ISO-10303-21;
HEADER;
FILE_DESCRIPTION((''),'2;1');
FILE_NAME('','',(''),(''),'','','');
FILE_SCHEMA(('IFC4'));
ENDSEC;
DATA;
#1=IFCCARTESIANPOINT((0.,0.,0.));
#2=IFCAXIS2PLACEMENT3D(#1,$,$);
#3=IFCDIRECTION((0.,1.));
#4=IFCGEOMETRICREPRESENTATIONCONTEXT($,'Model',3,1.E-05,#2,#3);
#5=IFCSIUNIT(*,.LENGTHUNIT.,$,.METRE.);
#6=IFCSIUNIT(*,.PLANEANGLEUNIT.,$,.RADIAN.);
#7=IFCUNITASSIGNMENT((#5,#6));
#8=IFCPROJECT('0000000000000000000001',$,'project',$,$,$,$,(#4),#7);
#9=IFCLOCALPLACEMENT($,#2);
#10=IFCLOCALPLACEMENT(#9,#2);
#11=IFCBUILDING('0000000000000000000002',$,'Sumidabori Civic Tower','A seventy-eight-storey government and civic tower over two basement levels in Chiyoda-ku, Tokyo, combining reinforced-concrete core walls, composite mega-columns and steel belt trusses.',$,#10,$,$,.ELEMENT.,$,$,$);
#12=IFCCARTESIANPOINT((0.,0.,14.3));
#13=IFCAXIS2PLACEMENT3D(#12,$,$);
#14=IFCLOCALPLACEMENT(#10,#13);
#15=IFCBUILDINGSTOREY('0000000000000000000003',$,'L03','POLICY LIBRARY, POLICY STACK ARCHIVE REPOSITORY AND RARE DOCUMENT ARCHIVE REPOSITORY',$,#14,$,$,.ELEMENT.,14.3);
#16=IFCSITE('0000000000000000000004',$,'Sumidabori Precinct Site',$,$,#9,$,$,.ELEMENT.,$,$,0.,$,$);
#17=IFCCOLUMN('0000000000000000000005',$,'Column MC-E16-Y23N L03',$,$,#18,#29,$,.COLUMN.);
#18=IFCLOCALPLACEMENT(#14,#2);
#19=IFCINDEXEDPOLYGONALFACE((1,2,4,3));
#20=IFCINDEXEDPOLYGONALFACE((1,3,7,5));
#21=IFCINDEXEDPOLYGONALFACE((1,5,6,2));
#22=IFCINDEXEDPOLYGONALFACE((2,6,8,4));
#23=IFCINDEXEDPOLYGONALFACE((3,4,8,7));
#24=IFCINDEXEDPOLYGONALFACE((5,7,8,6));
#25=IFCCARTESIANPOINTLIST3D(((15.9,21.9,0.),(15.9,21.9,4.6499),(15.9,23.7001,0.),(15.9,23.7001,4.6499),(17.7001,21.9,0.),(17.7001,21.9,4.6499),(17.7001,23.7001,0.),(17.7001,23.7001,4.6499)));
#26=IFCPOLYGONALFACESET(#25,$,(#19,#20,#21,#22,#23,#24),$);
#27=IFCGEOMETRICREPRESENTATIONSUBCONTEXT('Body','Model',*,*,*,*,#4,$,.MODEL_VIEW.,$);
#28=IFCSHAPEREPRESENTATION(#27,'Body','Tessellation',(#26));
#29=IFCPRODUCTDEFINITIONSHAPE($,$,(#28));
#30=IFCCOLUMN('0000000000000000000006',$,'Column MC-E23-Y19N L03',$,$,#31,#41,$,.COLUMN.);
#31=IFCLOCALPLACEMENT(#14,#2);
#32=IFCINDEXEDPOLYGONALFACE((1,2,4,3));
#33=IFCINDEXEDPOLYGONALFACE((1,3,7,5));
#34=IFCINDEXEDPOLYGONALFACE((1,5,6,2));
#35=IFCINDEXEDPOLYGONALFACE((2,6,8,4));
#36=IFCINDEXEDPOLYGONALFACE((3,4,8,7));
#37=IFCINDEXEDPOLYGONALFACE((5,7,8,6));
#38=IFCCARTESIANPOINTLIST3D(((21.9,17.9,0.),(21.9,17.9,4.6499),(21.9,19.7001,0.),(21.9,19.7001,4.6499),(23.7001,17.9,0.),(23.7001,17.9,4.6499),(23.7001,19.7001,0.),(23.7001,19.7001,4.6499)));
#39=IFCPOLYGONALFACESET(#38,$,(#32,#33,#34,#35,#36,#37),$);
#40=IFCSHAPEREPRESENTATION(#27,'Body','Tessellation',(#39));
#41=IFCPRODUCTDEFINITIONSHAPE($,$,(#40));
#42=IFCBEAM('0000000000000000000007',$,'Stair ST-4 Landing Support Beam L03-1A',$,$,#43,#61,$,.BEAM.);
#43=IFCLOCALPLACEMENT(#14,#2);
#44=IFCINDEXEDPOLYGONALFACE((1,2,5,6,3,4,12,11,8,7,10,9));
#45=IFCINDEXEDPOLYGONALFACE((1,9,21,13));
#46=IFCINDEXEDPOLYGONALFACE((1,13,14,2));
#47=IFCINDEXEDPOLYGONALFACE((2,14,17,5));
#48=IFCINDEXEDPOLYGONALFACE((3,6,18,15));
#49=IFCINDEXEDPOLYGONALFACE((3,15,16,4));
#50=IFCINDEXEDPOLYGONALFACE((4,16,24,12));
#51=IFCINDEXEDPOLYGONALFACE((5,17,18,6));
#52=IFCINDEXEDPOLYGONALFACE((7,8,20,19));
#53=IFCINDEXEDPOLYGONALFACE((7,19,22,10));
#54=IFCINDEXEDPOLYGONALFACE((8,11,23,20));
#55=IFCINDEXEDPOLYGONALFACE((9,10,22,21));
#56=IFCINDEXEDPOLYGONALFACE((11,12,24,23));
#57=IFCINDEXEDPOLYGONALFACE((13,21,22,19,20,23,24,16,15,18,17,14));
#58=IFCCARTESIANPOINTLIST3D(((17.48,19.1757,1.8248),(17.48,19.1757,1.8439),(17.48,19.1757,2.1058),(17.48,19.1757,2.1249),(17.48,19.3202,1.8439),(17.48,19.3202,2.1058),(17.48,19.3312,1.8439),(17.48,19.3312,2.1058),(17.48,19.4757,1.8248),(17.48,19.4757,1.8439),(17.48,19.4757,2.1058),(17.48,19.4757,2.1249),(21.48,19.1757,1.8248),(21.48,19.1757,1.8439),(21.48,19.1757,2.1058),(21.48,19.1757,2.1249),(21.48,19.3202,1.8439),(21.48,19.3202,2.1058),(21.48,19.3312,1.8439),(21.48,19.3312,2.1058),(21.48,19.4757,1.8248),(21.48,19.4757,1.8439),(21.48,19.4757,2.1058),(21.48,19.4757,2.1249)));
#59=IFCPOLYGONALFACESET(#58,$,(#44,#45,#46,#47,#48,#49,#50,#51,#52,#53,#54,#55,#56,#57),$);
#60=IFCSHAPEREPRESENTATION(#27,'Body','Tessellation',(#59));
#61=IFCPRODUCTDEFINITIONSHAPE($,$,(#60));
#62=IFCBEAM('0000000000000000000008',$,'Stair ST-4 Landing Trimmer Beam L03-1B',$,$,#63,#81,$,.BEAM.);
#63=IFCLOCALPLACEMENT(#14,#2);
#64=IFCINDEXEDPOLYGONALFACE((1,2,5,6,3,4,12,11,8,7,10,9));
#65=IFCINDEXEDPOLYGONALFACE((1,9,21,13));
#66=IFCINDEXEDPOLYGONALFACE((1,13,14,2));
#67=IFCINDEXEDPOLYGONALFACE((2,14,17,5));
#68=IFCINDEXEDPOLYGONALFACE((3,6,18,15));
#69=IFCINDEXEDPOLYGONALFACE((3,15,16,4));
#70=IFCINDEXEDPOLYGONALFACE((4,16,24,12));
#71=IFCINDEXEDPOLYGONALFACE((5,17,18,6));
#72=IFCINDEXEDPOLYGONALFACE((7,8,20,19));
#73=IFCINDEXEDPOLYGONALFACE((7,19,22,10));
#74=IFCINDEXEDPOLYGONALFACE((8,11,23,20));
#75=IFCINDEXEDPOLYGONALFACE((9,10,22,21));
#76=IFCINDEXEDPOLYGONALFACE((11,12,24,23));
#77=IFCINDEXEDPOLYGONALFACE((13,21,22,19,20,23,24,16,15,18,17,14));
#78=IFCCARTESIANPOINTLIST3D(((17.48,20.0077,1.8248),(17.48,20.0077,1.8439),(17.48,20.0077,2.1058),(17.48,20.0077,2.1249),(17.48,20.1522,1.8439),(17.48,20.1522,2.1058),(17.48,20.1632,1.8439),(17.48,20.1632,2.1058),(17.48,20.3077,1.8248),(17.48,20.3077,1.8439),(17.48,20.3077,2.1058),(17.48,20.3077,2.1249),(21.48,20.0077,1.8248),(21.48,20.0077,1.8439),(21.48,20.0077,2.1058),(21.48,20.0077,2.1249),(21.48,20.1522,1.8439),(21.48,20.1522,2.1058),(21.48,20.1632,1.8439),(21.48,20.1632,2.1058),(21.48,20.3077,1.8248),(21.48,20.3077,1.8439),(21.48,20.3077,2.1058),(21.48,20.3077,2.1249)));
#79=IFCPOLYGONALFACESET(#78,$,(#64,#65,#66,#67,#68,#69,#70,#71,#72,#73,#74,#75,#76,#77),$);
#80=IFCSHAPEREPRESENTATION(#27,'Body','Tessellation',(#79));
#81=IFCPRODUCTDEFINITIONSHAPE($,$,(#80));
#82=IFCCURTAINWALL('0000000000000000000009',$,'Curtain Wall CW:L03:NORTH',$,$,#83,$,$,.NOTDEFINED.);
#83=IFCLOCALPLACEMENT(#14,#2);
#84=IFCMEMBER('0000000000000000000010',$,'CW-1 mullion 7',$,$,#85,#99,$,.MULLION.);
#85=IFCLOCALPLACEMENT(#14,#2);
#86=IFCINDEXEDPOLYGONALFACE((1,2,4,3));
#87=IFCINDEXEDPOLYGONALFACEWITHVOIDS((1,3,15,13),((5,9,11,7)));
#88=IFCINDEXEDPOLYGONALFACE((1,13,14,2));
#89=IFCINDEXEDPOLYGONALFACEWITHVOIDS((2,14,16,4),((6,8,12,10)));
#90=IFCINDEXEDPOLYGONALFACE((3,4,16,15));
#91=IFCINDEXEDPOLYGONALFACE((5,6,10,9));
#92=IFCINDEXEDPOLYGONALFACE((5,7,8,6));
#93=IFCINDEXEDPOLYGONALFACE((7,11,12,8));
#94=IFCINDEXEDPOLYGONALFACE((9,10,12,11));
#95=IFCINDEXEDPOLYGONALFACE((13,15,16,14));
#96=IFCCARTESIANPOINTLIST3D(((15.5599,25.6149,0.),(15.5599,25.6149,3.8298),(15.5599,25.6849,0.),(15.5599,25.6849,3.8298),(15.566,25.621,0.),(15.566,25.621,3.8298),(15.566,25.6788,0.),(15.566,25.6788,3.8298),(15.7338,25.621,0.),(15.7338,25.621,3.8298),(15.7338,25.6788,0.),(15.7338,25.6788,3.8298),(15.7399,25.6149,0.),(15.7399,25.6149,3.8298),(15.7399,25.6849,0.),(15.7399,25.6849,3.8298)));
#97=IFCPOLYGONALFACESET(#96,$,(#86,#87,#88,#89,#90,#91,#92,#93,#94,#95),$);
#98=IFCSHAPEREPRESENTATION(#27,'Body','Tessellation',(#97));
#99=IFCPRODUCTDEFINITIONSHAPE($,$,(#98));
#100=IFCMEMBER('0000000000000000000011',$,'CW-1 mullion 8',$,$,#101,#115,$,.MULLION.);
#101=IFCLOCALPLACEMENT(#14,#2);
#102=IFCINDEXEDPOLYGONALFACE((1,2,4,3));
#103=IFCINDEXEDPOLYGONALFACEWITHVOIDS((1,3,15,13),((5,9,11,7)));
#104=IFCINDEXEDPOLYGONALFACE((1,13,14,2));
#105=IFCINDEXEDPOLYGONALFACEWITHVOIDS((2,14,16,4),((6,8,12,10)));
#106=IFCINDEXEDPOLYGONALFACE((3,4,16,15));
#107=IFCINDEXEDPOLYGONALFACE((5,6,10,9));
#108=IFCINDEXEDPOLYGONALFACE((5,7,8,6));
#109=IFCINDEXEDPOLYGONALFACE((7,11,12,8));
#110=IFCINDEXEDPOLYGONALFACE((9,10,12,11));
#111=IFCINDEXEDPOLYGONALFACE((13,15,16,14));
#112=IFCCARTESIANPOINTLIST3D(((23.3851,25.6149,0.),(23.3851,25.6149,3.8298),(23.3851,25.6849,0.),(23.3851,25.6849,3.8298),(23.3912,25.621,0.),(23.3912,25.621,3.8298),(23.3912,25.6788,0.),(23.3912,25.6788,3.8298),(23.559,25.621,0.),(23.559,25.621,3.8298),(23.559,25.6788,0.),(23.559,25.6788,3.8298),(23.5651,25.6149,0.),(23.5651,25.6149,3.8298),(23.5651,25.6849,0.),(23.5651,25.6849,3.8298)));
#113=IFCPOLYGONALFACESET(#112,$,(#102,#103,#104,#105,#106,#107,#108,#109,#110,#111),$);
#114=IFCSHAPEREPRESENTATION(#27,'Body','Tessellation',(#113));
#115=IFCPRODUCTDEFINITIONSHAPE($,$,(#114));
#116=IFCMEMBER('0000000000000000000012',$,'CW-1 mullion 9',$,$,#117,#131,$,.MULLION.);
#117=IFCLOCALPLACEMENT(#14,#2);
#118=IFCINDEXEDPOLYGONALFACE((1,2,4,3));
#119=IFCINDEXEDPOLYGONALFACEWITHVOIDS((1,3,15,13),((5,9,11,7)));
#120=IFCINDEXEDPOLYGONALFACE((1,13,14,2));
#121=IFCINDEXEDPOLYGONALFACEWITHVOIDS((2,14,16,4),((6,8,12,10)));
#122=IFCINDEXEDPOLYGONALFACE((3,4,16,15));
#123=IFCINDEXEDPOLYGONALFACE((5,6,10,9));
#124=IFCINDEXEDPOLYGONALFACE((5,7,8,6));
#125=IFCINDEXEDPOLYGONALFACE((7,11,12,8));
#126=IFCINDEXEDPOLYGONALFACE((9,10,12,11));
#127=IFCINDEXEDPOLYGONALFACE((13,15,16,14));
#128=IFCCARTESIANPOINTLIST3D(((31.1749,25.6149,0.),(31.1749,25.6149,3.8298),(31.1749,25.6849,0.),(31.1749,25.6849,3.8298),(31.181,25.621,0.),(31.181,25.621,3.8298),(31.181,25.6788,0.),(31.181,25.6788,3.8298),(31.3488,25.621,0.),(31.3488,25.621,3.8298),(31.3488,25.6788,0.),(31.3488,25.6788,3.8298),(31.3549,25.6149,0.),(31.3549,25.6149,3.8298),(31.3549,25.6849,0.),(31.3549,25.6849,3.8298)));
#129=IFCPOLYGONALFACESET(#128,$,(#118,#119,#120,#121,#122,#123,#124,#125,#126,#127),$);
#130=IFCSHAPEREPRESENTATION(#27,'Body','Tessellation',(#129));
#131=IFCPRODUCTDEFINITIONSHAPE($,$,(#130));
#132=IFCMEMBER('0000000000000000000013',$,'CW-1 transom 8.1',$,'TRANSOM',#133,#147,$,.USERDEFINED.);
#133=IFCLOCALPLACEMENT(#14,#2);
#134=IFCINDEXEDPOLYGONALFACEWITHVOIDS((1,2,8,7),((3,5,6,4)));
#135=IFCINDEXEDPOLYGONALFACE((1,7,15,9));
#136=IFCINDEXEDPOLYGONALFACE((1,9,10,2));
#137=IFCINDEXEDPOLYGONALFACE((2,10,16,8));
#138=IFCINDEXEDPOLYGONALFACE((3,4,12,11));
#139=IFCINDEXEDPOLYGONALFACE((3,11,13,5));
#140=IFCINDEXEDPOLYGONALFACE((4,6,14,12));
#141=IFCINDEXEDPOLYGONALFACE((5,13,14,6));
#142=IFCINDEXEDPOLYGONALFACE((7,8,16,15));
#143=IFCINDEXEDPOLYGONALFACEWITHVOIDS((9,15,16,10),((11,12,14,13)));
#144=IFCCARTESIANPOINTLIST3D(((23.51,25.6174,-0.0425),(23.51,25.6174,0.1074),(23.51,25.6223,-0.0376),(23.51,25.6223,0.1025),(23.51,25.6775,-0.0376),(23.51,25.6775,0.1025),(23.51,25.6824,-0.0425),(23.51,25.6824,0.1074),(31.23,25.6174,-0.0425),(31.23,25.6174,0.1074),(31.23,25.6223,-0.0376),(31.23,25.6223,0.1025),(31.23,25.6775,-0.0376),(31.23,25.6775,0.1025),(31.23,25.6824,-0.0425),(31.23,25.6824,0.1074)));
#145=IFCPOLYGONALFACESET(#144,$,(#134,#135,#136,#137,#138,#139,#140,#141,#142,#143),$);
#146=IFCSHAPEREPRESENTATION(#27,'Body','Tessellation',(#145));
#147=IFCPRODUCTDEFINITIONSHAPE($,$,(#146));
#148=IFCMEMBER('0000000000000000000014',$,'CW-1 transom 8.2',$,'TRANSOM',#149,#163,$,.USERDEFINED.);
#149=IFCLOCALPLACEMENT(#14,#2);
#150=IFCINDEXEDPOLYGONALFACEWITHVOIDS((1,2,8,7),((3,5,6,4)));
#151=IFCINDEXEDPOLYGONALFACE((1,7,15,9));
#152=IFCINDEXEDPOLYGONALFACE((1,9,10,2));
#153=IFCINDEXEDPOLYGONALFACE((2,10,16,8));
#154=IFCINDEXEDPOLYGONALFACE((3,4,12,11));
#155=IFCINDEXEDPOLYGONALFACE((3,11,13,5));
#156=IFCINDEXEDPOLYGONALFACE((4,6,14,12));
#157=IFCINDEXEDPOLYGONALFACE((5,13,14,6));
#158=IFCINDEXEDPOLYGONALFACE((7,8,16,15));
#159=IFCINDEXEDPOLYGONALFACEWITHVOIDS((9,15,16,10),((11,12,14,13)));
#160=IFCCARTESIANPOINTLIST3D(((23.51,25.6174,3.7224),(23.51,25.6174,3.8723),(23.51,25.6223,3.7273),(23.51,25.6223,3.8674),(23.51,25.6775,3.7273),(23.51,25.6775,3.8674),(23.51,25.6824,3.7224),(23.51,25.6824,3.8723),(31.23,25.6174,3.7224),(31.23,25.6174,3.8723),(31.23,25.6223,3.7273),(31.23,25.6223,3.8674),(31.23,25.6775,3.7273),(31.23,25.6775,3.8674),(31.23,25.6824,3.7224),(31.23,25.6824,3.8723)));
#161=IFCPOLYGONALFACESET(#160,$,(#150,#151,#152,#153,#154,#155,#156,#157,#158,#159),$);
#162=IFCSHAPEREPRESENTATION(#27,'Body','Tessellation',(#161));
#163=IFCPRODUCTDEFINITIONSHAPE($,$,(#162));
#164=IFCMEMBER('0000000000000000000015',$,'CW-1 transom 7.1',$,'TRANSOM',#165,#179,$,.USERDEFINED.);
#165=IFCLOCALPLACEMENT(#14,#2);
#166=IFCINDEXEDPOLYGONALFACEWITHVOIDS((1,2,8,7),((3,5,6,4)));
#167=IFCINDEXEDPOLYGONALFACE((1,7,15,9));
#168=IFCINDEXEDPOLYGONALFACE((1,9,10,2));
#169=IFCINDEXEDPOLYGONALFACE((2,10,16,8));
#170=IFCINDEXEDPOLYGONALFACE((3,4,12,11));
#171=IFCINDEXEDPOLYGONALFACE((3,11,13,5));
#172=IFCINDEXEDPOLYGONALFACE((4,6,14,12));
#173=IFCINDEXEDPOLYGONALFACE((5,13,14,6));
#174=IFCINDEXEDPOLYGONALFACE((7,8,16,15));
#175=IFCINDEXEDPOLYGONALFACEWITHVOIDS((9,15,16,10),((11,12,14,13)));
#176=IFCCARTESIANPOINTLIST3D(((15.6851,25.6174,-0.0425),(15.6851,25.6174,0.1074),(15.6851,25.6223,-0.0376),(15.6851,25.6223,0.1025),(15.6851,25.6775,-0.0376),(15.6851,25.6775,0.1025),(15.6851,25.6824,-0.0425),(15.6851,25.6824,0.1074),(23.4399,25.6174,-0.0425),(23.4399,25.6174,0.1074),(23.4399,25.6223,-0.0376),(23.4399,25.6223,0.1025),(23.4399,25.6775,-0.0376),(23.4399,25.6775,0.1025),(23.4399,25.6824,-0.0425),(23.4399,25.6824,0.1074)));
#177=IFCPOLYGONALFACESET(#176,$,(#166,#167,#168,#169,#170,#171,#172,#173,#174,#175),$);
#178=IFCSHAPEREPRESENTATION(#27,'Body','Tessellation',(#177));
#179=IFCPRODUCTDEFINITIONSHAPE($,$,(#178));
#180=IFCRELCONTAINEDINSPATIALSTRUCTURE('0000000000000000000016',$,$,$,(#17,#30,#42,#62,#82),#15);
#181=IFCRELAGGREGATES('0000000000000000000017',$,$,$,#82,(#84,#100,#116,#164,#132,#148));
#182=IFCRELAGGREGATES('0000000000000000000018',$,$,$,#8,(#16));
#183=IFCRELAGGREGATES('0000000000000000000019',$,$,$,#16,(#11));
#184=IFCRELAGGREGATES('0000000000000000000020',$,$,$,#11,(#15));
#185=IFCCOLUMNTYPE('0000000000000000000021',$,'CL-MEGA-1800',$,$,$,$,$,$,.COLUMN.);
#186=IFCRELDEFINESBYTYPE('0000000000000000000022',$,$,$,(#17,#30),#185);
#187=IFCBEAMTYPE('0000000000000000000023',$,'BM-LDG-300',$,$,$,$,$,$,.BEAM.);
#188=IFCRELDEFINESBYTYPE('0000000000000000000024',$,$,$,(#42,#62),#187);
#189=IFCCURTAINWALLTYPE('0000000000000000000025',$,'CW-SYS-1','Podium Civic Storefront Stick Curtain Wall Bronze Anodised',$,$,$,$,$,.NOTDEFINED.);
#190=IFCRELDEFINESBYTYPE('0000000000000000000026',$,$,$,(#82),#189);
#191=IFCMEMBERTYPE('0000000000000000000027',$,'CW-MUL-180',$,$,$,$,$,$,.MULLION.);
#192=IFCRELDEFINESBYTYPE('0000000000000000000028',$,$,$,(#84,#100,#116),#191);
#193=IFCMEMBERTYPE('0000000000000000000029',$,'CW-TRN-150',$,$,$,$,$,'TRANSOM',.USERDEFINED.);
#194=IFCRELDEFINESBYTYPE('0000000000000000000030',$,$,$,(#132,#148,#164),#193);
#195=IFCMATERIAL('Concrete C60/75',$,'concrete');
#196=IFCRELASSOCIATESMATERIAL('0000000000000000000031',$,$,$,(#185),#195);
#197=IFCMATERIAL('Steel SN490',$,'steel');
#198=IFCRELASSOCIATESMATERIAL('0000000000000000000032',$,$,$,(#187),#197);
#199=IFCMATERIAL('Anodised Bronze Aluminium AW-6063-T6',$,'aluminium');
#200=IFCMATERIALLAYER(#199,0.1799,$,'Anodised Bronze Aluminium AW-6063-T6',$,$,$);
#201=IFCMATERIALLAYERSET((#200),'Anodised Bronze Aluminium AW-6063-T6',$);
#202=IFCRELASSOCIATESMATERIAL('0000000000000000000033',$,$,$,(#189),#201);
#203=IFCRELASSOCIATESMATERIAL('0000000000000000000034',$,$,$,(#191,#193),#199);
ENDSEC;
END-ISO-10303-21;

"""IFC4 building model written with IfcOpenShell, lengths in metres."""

from ifc_helpers import new_model, si_unit, direction, frame, origin, origin_2d, place, context, subcontext, project, spatial, rectangle, hollow_rectangle, i_section, extrude, source, transform, mapped, material, layer, layer_set, material_profile, profile_set, type_object, element, aggregate, save


model = new_model("IFC4")

# Units and contexts
model_context = context("Model", 3, precision=1e-05, world=origin(), true_north=direction((0.0, 1.0)))
body_context = subcontext(model_context, "Body", "Model", "MODEL_VIEW")
ifc_project = project(units=[si_unit("LENGTHUNIT", "METRE"), si_unit("PLANEANGLEUNIT", "RADIAN")], contexts=[model_context])

# Site, building, storey
site_placement = place(None, origin())
site = spatial("IfcSite", under=ifc_project, at=site_placement, Name="Sumidabori Precinct Site", CompositionType="ELEMENT", RefElevation=0.0)
building_placement = place(site_placement, origin())
building = spatial("IfcBuilding", under=site, at=building_placement, Name="Sumidabori Civic Tower", Description="A seventy-eight-storey government and civic tower over two basement levels in Chiyoda-ku, Tokyo, combining reinforced-concrete core walls, composite mega-columns and steel belt trusses.", CompositionType="ELEMENT")
storey_placement = place(building_placement, frame((0.0, 0.0, 14.3)))
storey = spatial("IfcBuildingStorey", under=building, at=storey_placement, Name="L03", Description="POLICY LIBRARY, POLICY STACK ARCHIVE REPOSITORY AND RARE DOCUMENT ARCHIVE REPOSITORY", CompositionType="ELEMENT", Elevation=14.3)

# Columns
ifc_material_1 = material(Name="Concrete C60/75", Category="concrete")
ifc_material_profile_1 = material_profile(ifc_material_1, rectangle(XDim=1.8, YDim=1.8, at=origin_2d()), Name="RC 1800x1800")
ifc_profile_set_1 = profile_set([ifc_material_profile_1], Name="Concrete C60/75")
column_type = type_object("IfcColumnType", Name="CL-MEGA-1800", PredefinedType="COLUMN", material=ifc_profile_set_1)
shared_shape_1 = source(origin(), body_context, "Body", "SweptSolid", [
    extrude(rectangle(XDim=1.8, YDim=1.8, at=origin_2d()), origin(), (0.0, 0.0, 1.0), 4.6499),
])
for number, where, z_axis, x_axis, name in (
    (1, (16.8, 22.8, 0.0), (0.0, 0.0, 1.0), (1.0, 0.0, 0.0), "Column MC-E16-Y23N L03"),
    (2, (22.8, 18.8, 0.0), (0.0, 0.0, 1.0), (1.0, 0.0, 0.0), "Column MC-E23-Y19N L03"),
):
    element("IfcColumn", number, at=place(storey_placement, frame(where, z_axis=z_axis, x_axis=x_axis)), inside=storey, type_object=column_type, Name=name, PredefinedType="COLUMN", context=body_context, shape_type="MappedRepresentation", body=[
        mapped(shared_shape_1, transform((0.0, 0.0, 0.0), x_axis=(1.0, 0.0, 0.0), y_axis=(0.0, 1.0, 0.0), z_axis=(0.0, 0.0, 1.0), scale=1.0)),
    ])

# Beams
ifc_material_2 = material(Name="Steel SN490", Category="steel")
ifc_material_profile_2 = material_profile(ifc_material_2, i_section(OverallWidth=0.3, OverallDepth=0.3, WebThickness=0.011, FlangeThickness=0.019, at=origin_2d()), Name="HE 300 B")
ifc_profile_set_2 = profile_set([ifc_material_profile_2], Name="Steel SN490")
beam_type = type_object("IfcBeamType", Name="BM-LDG-300", PredefinedType="BEAM", material=ifc_profile_set_2)
shared_shape_2 = source(origin(), body_context, "Body", "SweptSolid", [
    extrude(i_section(OverallWidth=0.3, OverallDepth=0.3, WebThickness=0.011, FlangeThickness=0.019, at=origin_2d()), origin(), (0.0, 0.0, 1.0), 4.0),
])
for number, where, z_axis, x_axis, name in (
    (3, (17.48, 19.3257, 1.9749), (1.0, 0.0, 0.0), (0.0, 1.0, 0.0), "Stair ST-4 Landing Support Beam L03-1A"),
    (4, (17.48, 20.1577, 1.9749), (1.0, 0.0, 0.0), (0.0, 1.0, 0.0), "Stair ST-4 Landing Trimmer Beam L03-1B"),
):
    element("IfcBeam", number, at=place(storey_placement, frame(where, z_axis=z_axis, x_axis=x_axis)), inside=storey, type_object=beam_type, Name=name, PredefinedType="BEAM", context=body_context, shape_type="MappedRepresentation", body=[
        mapped(shared_shape_2, transform((0.0, 0.0, 0.0), x_axis=(1.0, 0.0, 0.0), y_axis=(0.0, 1.0, 0.0), z_axis=(0.0, 0.0, 1.0), scale=1.0)),
    ])

# Curtain wall, members
ifc_material_3 = material(Name="Anodised Bronze Aluminium AW-6063-T6", Category="aluminium")
ifc_layer_1 = layer(ifc_material_3, 0.1799, Name="Anodised Bronze Aluminium AW-6063-T6")
ifc_layer_set_1 = layer_set([ifc_layer_1], Name="Anodised Bronze Aluminium AW-6063-T6")
curtain_wall_type = type_object("IfcCurtainWallType", Name="CW-SYS-1", Description="Podium Civic Storefront Stick Curtain Wall Bronze Anodised", PredefinedType="NOTDEFINED", material=ifc_layer_set_1)
curtain_wall_placement = place(storey_placement, origin())
curtain_wall = element("IfcCurtainWall", 5, at=curtain_wall_placement, inside=storey, type_object=curtain_wall_type, Name="Curtain Wall CW:L03:NORTH", PredefinedType="NOTDEFINED")
ifc_material_profile_3 = material_profile(ifc_material_3, hollow_rectangle(XDim=0.0701, YDim=0.1799, WallThickness=0.0061, at=origin_2d()), Name="ALU MULLION 180x70")
ifc_profile_set_3 = profile_set([ifc_material_profile_3], Name="Anodised Bronze Aluminium AW-6063-T6")
member_type_1 = type_object("IfcMemberType", Name="CW-MUL-180", PredefinedType="MULLION", material=ifc_profile_set_3)
shared_shape_3 = source(origin(), body_context, "Body", "SweptSolid", [
    extrude(hollow_rectangle(XDim=0.0701, YDim=0.1799, WallThickness=0.0061, at=origin_2d()), origin(), (0.0, 0.0, 1.0), 3.8298),
])
member_1_placement = place(storey_placement, frame((15.6499, 25.6499, 0.0), z_axis=(0.0, 0.0, 1.0), x_axis=(0.0, 1.0, 0.0)))
member_1 = element("IfcMember", 6, at=member_1_placement, type_object=member_type_1, Name="CW-1 mullion 7", PredefinedType="MULLION", context=body_context, shape_type="MappedRepresentation", body=[
    mapped(shared_shape_3, transform((0.0, 0.0, 0.0), x_axis=(1.0, 0.0, 0.0), y_axis=(0.0, 1.0, 0.0), z_axis=(0.0, 0.0, 1.0), scale=1.0)),
])
member_2_placement = place(storey_placement, frame((23.4751, 25.6499, 0.0), z_axis=(0.0, 0.0, 1.0), x_axis=(0.0, 1.0, 0.0)))
member_2 = element("IfcMember", 7, at=member_2_placement, type_object=member_type_1, Name="CW-1 mullion 8", PredefinedType="MULLION", context=body_context, shape_type="MappedRepresentation", body=[
    mapped(shared_shape_3, transform((0.0, 0.0, 0.0), x_axis=(1.0, 0.0, 0.0), y_axis=(0.0, 1.0, 0.0), z_axis=(0.0, 0.0, 1.0), scale=1.0)),
])
member_3_placement = place(storey_placement, frame((31.2649, 25.6499, 0.0), z_axis=(0.0, 0.0, 1.0), x_axis=(0.0, 1.0, 0.0)))
member_3 = element("IfcMember", 8, at=member_3_placement, type_object=member_type_1, Name="CW-1 mullion 9", PredefinedType="MULLION", context=body_context, shape_type="MappedRepresentation", body=[
    mapped(shared_shape_3, transform((0.0, 0.0, 0.0), x_axis=(1.0, 0.0, 0.0), y_axis=(0.0, 1.0, 0.0), z_axis=(0.0, 0.0, 1.0), scale=1.0)),
])
ifc_material_profile_4 = material_profile(ifc_material_3, hollow_rectangle(XDim=0.0649, YDim=0.1499, WallThickness=0.0049, at=origin_2d()), Name="ALU TRANSOM 150x65")
ifc_profile_set_4 = profile_set([ifc_material_profile_4], Name="Anodised Bronze Aluminium AW-6063-T6")
member_type_2 = type_object("IfcMemberType", Name="CW-TRN-150", ElementType="TRANSOM", PredefinedType="USERDEFINED", material=ifc_profile_set_4)
shared_shape_4 = source(origin(), body_context, "Body", "SweptSolid", [
    extrude(hollow_rectangle(XDim=0.0649, YDim=0.1499, WallThickness=0.0049, at=origin_2d()), origin(), (0.0, 0.0, 1.0), 7.72),
])
member_4_placement = place(storey_placement, frame((23.51, 25.6499, 0.0325), z_axis=(1.0, 0.0, 0.0), x_axis=(0.0, 1.0, 0.0)))
member_4 = element("IfcMember", 9, at=member_4_placement, type_object=member_type_2, Name="CW-1 transom 8.1", ObjectType="TRANSOM", PredefinedType="USERDEFINED", context=body_context, shape_type="MappedRepresentation", body=[
    mapped(shared_shape_4, transform((0.0, 0.0, 0.0), x_axis=(1.0, 0.0, 0.0), y_axis=(0.0, 1.0, 0.0), z_axis=(0.0, 0.0, 1.0), scale=1.0)),
])
member_5_placement = place(storey_placement, frame((23.51, 25.6499, 3.7974), z_axis=(1.0, 0.0, 0.0), x_axis=(0.0, 1.0, 0.0)))
member_5 = element("IfcMember", 10, at=member_5_placement, type_object=member_type_2, Name="CW-1 transom 8.2", ObjectType="TRANSOM", PredefinedType="USERDEFINED", context=body_context, shape_type="MappedRepresentation", body=[
    mapped(shared_shape_4, transform((0.0, 0.0, 0.0), x_axis=(1.0, 0.0, 0.0), y_axis=(0.0, 1.0, 0.0), z_axis=(0.0, 0.0, 1.0), scale=1.0)),
])
shared_shape_5 = source(origin(), body_context, "Body", "SweptSolid", [
    extrude(hollow_rectangle(XDim=0.0649, YDim=0.1499, WallThickness=0.0049, at=origin_2d()), origin(), (0.0, 0.0, 1.0), 7.7549),
])
member_6_placement = place(storey_placement, frame((15.6851, 25.6499, 0.0325), z_axis=(1.0, 0.0, 0.0), x_axis=(0.0, 1.0, 0.0)))
member_6 = element("IfcMember", 11, at=member_6_placement, type_object=member_type_2, Name="CW-1 transom 7.1", ObjectType="TRANSOM", PredefinedType="USERDEFINED", context=body_context, shape_type="MappedRepresentation", body=[
    mapped(shared_shape_5, transform((0.0, 0.0, 0.0), x_axis=(1.0, 0.0, 0.0), y_axis=(0.0, 1.0, 0.0), z_axis=(0.0, 0.0, 1.0), scale=1.0)),
])
aggregate(curtain_wall, [member_1, member_2, member_3, member_6, member_4, member_5])

save(model, "model.ifc")
